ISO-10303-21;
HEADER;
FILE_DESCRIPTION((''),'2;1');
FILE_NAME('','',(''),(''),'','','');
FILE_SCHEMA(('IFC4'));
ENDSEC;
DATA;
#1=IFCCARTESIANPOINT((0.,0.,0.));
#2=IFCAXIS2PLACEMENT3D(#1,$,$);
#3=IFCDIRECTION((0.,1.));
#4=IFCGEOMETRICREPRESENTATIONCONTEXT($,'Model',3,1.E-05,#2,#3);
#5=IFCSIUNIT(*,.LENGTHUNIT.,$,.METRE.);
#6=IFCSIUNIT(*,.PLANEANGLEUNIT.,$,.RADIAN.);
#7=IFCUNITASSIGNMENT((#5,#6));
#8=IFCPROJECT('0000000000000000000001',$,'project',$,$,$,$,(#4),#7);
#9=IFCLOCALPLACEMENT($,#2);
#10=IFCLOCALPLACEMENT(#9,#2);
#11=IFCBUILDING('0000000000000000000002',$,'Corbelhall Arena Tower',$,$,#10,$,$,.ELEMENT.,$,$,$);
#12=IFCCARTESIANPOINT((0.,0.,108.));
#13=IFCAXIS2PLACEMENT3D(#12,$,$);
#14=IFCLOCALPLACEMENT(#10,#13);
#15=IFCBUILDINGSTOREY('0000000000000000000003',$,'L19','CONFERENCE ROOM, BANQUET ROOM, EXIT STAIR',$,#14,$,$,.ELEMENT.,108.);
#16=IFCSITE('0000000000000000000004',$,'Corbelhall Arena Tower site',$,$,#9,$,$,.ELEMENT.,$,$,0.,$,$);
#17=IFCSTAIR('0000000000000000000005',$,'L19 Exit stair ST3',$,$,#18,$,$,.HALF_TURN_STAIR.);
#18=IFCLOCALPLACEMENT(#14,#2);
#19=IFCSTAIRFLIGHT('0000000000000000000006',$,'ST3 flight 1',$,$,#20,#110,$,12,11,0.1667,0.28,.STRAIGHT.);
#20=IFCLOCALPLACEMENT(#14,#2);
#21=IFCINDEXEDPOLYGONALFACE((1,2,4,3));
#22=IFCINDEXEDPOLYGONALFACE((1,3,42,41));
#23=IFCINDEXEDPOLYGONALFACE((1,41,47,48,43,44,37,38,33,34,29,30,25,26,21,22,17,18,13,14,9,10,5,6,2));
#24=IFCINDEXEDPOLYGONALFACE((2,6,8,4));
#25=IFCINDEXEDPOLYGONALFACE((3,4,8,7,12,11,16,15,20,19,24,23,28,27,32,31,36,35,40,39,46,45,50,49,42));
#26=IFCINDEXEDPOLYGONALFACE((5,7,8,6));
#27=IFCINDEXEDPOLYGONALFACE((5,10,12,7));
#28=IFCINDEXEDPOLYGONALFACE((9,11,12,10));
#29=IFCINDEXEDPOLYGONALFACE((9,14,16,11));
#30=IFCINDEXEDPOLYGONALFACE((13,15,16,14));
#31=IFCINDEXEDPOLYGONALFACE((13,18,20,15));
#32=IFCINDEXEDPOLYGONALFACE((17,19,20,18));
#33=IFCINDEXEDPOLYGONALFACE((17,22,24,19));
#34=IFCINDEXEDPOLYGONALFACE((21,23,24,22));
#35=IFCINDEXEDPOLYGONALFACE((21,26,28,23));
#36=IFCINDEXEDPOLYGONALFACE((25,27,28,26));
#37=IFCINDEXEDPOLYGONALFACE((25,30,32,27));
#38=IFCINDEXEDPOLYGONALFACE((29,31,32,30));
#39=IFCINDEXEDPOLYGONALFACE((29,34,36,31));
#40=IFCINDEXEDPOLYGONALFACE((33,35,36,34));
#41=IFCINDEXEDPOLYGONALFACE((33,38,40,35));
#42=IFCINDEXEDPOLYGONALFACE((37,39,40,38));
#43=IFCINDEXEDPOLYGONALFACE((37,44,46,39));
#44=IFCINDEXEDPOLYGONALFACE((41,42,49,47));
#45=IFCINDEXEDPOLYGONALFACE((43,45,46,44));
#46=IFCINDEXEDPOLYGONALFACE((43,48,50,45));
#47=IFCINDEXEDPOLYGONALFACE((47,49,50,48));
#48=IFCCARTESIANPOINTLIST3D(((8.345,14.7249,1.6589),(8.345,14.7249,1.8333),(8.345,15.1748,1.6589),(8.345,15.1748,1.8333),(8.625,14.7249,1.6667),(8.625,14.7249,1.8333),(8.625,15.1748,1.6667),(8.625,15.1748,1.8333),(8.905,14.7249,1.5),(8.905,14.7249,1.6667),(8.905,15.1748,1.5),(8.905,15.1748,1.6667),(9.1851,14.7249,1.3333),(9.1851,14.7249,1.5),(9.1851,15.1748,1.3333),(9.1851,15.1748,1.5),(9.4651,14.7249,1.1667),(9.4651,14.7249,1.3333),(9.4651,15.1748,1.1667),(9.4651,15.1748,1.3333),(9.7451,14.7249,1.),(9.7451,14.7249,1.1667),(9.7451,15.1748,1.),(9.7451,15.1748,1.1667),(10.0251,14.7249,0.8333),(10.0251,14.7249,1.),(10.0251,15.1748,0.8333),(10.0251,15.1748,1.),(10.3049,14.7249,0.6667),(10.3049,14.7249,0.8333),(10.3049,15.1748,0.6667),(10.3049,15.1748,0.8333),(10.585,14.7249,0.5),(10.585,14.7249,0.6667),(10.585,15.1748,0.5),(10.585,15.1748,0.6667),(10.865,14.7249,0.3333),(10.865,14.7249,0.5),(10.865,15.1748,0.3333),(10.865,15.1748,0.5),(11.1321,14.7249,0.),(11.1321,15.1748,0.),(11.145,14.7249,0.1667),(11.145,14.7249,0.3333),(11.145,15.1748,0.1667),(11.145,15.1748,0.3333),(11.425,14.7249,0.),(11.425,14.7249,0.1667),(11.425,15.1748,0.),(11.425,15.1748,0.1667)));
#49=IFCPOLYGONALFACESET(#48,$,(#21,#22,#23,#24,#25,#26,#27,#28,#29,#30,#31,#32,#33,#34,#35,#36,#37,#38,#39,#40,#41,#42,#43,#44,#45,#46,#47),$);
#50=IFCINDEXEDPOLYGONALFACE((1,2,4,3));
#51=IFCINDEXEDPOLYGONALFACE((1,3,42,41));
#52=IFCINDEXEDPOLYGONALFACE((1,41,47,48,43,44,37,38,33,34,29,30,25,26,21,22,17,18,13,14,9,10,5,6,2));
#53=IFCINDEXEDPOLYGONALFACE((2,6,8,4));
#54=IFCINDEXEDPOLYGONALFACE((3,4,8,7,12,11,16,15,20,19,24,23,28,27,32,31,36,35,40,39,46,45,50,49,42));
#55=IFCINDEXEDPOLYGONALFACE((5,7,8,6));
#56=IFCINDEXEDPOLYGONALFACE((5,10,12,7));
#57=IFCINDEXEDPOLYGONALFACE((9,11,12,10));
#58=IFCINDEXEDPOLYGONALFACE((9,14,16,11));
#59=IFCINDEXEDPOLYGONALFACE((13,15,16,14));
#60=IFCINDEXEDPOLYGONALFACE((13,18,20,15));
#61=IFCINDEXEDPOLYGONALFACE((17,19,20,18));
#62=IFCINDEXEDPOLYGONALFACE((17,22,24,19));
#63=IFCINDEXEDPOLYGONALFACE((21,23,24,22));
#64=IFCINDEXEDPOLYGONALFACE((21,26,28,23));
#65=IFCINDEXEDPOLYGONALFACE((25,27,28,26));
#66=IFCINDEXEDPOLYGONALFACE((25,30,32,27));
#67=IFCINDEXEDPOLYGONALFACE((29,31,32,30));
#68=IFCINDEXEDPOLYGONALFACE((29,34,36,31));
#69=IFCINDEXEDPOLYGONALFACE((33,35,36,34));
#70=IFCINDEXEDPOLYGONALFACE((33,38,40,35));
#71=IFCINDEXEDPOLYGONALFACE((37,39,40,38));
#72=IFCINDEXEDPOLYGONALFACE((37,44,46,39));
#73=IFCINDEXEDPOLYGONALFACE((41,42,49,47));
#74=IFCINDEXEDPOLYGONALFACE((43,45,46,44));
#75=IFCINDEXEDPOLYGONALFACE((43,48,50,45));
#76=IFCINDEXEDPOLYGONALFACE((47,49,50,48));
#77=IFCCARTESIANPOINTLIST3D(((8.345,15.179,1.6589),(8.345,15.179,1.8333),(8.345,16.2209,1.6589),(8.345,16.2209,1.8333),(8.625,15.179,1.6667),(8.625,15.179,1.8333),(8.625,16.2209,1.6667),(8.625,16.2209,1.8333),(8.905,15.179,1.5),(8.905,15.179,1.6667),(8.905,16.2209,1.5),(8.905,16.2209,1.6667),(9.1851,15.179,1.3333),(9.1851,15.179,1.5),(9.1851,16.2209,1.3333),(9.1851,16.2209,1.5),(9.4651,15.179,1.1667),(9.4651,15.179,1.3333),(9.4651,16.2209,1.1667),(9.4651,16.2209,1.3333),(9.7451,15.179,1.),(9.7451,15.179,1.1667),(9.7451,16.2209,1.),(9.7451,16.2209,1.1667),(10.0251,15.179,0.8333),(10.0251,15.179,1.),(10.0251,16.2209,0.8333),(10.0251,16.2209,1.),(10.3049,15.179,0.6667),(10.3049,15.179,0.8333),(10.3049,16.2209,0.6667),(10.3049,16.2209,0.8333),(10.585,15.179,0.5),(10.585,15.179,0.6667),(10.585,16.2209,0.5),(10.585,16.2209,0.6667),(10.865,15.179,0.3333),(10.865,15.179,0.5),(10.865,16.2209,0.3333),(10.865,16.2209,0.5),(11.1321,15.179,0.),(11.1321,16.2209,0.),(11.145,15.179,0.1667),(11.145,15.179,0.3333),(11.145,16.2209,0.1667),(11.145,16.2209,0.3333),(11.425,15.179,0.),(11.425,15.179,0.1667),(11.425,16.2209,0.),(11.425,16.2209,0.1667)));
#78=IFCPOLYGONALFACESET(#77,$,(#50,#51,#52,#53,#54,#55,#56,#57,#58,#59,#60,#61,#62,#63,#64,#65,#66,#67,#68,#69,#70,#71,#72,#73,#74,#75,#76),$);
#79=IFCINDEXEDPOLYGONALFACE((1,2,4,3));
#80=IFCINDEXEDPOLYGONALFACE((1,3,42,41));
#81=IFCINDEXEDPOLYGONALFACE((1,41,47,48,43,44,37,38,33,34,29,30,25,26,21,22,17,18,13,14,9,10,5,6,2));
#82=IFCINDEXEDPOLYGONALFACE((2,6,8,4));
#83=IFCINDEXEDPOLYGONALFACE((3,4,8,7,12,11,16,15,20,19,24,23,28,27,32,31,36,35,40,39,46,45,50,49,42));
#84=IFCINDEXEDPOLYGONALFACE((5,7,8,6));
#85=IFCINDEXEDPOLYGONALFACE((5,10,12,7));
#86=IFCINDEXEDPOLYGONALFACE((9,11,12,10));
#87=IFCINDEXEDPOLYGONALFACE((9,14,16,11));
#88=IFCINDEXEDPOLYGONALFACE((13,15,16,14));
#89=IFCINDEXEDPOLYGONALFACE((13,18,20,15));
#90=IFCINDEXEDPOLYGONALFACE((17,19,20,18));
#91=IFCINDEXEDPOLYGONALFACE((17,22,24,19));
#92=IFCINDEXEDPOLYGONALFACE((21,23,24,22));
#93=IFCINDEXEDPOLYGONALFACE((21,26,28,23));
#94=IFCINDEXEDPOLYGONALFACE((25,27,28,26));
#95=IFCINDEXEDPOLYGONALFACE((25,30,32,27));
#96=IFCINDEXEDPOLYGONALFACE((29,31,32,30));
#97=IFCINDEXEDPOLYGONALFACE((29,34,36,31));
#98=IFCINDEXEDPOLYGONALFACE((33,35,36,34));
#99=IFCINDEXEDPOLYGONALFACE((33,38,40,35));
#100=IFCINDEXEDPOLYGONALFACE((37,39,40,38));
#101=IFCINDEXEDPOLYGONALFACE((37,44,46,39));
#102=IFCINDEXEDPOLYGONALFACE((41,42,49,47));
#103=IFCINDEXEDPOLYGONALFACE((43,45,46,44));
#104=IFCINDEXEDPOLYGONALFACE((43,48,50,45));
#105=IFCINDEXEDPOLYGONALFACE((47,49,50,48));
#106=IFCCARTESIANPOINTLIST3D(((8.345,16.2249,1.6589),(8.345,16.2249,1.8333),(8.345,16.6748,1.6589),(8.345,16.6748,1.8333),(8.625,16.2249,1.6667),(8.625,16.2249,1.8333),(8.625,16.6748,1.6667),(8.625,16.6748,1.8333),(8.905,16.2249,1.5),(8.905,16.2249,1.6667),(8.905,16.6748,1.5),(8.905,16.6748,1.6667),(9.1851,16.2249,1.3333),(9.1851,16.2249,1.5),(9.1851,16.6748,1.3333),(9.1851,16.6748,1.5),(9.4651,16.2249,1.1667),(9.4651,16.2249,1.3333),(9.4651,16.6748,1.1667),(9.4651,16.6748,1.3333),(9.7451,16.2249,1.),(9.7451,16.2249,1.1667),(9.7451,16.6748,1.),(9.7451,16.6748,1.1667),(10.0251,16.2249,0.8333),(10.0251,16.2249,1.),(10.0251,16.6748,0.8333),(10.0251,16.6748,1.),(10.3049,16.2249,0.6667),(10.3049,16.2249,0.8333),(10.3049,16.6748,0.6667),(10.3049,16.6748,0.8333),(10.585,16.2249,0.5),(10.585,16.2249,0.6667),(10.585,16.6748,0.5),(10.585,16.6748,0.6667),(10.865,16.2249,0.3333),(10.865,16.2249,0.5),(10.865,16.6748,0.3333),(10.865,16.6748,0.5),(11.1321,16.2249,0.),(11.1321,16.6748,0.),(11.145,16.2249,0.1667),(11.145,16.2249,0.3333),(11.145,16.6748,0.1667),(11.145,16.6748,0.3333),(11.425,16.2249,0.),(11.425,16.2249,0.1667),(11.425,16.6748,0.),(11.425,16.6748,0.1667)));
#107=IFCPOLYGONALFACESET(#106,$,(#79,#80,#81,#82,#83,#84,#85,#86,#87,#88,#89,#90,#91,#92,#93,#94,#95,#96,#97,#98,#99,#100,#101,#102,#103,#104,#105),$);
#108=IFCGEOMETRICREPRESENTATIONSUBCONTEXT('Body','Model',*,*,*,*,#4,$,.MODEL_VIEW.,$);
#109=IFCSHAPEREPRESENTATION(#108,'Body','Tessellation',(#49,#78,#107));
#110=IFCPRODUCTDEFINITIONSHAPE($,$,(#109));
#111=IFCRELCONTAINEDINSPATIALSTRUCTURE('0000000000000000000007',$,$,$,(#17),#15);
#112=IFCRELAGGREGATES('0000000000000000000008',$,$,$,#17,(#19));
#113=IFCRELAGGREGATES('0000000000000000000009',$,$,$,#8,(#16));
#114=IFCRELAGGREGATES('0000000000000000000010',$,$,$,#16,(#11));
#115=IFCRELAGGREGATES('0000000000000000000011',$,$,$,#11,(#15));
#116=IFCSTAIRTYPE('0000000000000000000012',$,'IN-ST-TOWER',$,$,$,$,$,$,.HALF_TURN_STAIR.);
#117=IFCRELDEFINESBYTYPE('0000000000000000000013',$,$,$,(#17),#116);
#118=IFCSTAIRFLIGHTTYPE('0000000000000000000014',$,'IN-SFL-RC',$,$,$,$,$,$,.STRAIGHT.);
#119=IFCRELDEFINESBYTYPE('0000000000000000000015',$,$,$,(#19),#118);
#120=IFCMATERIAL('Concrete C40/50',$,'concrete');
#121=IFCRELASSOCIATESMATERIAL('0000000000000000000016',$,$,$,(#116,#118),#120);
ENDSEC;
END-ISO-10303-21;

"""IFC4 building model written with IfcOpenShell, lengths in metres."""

from ifc_helpers import new_model, si_unit, direction, frame, origin, place, context, subcontext, project, spatial, polyline, outline, extrude, material, type_object, element, aggregate, save


model = new_model("IFC4")

# Units and contexts
model_context = context("Model", 3, precision=1e-05, world=origin(), true_north=direction((0.0, 1.0)))
body_context = subcontext(model_context, "Body", "Model", "MODEL_VIEW")
ifc_project = project(units=[si_unit("LENGTHUNIT", "METRE"), si_unit("PLANEANGLEUNIT", "RADIAN")], contexts=[model_context])

# Site, building, storey
site_placement = place(None, origin())
site = spatial("IfcSite", under=ifc_project, at=site_placement, Name="Corbelhall Arena Tower site", CompositionType="ELEMENT", RefElevation=0.0)
building_placement = place(site_placement, origin())
building = spatial("IfcBuilding", under=site, at=building_placement, Name="Corbelhall Arena Tower", CompositionType="ELEMENT")
storey_placement = place(building_placement, frame((0.0, 0.0, 108.0)))
storey = spatial("IfcBuildingStorey", under=building, at=storey_placement, Name="L19", Description="CONFERENCE ROOM, BANQUET ROOM, EXIT STAIR", CompositionType="ELEMENT", Elevation=108.0)

# Shared definitions
ifc_material_1 = material(Name="Concrete C40/50", Category="concrete")

# Stair, stair flight
stair_type = type_object("IfcStairType", Name="IN-ST-TOWER", PredefinedType="HALF_TURN_STAIR", material=ifc_material_1)
stair_placement = place(storey_placement, origin())
stair = element("IfcStair", 1, at=stair_placement, inside=storey, type_object=stair_type, Name="L19 Exit stair ST3", PredefinedType="HALF_TURN_STAIR")
stair_flight_type = type_object("IfcStairFlightType", Name="IN-SFL-RC", PredefinedType="STRAIGHT", material=ifc_material_1)
stair_flight_1_placement = place(storey_placement, frame((11.425, 15.7, 0.0), z_axis=(0.0, 0.0, 1.0), x_axis=(-1.0, 0.0, 0.0)))
stair_flight_1 = element("IfcStairFlight", 2, at=stair_flight_1_placement, type_object=stair_flight_type, Name="ST3 flight 1", NumberOfRisers=12, NumberOfTreads=11, PredefinedType="STRAIGHT", RiserHeight=0.1667, TreadLength=0.28, context=body_context, shape_type="SweptSolid", body=[
    extrude(outline(polyline([(0.0, 0.0), (0.0, 0.1667), (0.28, 0.1667), (0.28, 0.3333), (0.5601, 0.3333), (0.5601, 0.5), (0.8401, 0.5), (0.8401, 0.6667), (1.1201, 0.6667), (1.1201, 0.8333), (1.3999, 0.8333), (1.3999, 1.0), (1.6799, 1.0), (1.6799, 1.1667), (1.96, 1.1667), (1.96, 1.3333), (2.24, 1.3333), (2.24, 1.5), (2.52, 1.5), (2.52, 1.6667), (2.8, 1.6667), (2.8, 1.8333), (3.0801, 1.8333), (3.0801, 2.0), (3.0801, 1.6589), (0.293, 0.0), (0.0, 0.0)])), frame((0.0, 0.9751, 0.0), z_axis=(0.0, -1.0, 0.0), x_axis=(1.0, 0.0, 0.0)), (0.0, 0.0, 1.0), 0.45),
    extrude(outline(polyline([(0.0, 0.0), (0.0, 0.1667), (0.28, 0.1667), (0.28, 0.3333), (0.5601, 0.3333), (0.5601, 0.5), (0.8401, 0.5), (0.8401, 0.6667), (1.1201, 0.6667), (1.1201, 0.8333), (1.3999, 0.8333), (1.3999, 1.0), (1.6799, 1.0), (1.6799, 1.1667), (1.96, 1.1667), (1.96, 1.3333), (2.24, 1.3333), (2.24, 1.5), (2.52, 1.5), (2.52, 1.6667), (2.8, 1.6667), (2.8, 1.8333), (3.0801, 1.8333), (3.0801, 2.0), (3.0801, 1.6589), (0.293, 0.0), (0.0, 0.0)])), frame((0.0, 0.521, 0.0), z_axis=(0.0, -1.0, 0.0), x_axis=(1.0, 0.0, 0.0)), (0.0, 0.0, 1.0), 1.042),
    extrude(outline(polyline([(0.0, 0.0), (0.0, 0.1667), (0.28, 0.1667), (0.28, 0.3333), (0.5601, 0.3333), (0.5601, 0.5), (0.8401, 0.5), (0.8401, 0.6667), (1.1201, 0.6667), (1.1201, 0.8333), (1.3999, 0.8333), (1.3999, 1.0), (1.6799, 1.0), (1.6799, 1.1667), (1.96, 1.1667), (1.96, 1.3333), (2.24, 1.3333), (2.24, 1.5), (2.52, 1.5), (2.52, 1.6667), (2.8, 1.6667), (2.8, 1.8333), (3.0801, 1.8333), (3.0801, 2.0), (3.0801, 1.6589), (0.293, 0.0), (0.0, 0.0)])), frame((0.0, -0.5249, 0.0), z_axis=(0.0, -1.0, 0.0), x_axis=(1.0, 0.0, 0.0)), (0.0, 0.0, 1.0), 0.45),
])
aggregate(stair, [stair_flight_1])

save(model, "model.ifc")
